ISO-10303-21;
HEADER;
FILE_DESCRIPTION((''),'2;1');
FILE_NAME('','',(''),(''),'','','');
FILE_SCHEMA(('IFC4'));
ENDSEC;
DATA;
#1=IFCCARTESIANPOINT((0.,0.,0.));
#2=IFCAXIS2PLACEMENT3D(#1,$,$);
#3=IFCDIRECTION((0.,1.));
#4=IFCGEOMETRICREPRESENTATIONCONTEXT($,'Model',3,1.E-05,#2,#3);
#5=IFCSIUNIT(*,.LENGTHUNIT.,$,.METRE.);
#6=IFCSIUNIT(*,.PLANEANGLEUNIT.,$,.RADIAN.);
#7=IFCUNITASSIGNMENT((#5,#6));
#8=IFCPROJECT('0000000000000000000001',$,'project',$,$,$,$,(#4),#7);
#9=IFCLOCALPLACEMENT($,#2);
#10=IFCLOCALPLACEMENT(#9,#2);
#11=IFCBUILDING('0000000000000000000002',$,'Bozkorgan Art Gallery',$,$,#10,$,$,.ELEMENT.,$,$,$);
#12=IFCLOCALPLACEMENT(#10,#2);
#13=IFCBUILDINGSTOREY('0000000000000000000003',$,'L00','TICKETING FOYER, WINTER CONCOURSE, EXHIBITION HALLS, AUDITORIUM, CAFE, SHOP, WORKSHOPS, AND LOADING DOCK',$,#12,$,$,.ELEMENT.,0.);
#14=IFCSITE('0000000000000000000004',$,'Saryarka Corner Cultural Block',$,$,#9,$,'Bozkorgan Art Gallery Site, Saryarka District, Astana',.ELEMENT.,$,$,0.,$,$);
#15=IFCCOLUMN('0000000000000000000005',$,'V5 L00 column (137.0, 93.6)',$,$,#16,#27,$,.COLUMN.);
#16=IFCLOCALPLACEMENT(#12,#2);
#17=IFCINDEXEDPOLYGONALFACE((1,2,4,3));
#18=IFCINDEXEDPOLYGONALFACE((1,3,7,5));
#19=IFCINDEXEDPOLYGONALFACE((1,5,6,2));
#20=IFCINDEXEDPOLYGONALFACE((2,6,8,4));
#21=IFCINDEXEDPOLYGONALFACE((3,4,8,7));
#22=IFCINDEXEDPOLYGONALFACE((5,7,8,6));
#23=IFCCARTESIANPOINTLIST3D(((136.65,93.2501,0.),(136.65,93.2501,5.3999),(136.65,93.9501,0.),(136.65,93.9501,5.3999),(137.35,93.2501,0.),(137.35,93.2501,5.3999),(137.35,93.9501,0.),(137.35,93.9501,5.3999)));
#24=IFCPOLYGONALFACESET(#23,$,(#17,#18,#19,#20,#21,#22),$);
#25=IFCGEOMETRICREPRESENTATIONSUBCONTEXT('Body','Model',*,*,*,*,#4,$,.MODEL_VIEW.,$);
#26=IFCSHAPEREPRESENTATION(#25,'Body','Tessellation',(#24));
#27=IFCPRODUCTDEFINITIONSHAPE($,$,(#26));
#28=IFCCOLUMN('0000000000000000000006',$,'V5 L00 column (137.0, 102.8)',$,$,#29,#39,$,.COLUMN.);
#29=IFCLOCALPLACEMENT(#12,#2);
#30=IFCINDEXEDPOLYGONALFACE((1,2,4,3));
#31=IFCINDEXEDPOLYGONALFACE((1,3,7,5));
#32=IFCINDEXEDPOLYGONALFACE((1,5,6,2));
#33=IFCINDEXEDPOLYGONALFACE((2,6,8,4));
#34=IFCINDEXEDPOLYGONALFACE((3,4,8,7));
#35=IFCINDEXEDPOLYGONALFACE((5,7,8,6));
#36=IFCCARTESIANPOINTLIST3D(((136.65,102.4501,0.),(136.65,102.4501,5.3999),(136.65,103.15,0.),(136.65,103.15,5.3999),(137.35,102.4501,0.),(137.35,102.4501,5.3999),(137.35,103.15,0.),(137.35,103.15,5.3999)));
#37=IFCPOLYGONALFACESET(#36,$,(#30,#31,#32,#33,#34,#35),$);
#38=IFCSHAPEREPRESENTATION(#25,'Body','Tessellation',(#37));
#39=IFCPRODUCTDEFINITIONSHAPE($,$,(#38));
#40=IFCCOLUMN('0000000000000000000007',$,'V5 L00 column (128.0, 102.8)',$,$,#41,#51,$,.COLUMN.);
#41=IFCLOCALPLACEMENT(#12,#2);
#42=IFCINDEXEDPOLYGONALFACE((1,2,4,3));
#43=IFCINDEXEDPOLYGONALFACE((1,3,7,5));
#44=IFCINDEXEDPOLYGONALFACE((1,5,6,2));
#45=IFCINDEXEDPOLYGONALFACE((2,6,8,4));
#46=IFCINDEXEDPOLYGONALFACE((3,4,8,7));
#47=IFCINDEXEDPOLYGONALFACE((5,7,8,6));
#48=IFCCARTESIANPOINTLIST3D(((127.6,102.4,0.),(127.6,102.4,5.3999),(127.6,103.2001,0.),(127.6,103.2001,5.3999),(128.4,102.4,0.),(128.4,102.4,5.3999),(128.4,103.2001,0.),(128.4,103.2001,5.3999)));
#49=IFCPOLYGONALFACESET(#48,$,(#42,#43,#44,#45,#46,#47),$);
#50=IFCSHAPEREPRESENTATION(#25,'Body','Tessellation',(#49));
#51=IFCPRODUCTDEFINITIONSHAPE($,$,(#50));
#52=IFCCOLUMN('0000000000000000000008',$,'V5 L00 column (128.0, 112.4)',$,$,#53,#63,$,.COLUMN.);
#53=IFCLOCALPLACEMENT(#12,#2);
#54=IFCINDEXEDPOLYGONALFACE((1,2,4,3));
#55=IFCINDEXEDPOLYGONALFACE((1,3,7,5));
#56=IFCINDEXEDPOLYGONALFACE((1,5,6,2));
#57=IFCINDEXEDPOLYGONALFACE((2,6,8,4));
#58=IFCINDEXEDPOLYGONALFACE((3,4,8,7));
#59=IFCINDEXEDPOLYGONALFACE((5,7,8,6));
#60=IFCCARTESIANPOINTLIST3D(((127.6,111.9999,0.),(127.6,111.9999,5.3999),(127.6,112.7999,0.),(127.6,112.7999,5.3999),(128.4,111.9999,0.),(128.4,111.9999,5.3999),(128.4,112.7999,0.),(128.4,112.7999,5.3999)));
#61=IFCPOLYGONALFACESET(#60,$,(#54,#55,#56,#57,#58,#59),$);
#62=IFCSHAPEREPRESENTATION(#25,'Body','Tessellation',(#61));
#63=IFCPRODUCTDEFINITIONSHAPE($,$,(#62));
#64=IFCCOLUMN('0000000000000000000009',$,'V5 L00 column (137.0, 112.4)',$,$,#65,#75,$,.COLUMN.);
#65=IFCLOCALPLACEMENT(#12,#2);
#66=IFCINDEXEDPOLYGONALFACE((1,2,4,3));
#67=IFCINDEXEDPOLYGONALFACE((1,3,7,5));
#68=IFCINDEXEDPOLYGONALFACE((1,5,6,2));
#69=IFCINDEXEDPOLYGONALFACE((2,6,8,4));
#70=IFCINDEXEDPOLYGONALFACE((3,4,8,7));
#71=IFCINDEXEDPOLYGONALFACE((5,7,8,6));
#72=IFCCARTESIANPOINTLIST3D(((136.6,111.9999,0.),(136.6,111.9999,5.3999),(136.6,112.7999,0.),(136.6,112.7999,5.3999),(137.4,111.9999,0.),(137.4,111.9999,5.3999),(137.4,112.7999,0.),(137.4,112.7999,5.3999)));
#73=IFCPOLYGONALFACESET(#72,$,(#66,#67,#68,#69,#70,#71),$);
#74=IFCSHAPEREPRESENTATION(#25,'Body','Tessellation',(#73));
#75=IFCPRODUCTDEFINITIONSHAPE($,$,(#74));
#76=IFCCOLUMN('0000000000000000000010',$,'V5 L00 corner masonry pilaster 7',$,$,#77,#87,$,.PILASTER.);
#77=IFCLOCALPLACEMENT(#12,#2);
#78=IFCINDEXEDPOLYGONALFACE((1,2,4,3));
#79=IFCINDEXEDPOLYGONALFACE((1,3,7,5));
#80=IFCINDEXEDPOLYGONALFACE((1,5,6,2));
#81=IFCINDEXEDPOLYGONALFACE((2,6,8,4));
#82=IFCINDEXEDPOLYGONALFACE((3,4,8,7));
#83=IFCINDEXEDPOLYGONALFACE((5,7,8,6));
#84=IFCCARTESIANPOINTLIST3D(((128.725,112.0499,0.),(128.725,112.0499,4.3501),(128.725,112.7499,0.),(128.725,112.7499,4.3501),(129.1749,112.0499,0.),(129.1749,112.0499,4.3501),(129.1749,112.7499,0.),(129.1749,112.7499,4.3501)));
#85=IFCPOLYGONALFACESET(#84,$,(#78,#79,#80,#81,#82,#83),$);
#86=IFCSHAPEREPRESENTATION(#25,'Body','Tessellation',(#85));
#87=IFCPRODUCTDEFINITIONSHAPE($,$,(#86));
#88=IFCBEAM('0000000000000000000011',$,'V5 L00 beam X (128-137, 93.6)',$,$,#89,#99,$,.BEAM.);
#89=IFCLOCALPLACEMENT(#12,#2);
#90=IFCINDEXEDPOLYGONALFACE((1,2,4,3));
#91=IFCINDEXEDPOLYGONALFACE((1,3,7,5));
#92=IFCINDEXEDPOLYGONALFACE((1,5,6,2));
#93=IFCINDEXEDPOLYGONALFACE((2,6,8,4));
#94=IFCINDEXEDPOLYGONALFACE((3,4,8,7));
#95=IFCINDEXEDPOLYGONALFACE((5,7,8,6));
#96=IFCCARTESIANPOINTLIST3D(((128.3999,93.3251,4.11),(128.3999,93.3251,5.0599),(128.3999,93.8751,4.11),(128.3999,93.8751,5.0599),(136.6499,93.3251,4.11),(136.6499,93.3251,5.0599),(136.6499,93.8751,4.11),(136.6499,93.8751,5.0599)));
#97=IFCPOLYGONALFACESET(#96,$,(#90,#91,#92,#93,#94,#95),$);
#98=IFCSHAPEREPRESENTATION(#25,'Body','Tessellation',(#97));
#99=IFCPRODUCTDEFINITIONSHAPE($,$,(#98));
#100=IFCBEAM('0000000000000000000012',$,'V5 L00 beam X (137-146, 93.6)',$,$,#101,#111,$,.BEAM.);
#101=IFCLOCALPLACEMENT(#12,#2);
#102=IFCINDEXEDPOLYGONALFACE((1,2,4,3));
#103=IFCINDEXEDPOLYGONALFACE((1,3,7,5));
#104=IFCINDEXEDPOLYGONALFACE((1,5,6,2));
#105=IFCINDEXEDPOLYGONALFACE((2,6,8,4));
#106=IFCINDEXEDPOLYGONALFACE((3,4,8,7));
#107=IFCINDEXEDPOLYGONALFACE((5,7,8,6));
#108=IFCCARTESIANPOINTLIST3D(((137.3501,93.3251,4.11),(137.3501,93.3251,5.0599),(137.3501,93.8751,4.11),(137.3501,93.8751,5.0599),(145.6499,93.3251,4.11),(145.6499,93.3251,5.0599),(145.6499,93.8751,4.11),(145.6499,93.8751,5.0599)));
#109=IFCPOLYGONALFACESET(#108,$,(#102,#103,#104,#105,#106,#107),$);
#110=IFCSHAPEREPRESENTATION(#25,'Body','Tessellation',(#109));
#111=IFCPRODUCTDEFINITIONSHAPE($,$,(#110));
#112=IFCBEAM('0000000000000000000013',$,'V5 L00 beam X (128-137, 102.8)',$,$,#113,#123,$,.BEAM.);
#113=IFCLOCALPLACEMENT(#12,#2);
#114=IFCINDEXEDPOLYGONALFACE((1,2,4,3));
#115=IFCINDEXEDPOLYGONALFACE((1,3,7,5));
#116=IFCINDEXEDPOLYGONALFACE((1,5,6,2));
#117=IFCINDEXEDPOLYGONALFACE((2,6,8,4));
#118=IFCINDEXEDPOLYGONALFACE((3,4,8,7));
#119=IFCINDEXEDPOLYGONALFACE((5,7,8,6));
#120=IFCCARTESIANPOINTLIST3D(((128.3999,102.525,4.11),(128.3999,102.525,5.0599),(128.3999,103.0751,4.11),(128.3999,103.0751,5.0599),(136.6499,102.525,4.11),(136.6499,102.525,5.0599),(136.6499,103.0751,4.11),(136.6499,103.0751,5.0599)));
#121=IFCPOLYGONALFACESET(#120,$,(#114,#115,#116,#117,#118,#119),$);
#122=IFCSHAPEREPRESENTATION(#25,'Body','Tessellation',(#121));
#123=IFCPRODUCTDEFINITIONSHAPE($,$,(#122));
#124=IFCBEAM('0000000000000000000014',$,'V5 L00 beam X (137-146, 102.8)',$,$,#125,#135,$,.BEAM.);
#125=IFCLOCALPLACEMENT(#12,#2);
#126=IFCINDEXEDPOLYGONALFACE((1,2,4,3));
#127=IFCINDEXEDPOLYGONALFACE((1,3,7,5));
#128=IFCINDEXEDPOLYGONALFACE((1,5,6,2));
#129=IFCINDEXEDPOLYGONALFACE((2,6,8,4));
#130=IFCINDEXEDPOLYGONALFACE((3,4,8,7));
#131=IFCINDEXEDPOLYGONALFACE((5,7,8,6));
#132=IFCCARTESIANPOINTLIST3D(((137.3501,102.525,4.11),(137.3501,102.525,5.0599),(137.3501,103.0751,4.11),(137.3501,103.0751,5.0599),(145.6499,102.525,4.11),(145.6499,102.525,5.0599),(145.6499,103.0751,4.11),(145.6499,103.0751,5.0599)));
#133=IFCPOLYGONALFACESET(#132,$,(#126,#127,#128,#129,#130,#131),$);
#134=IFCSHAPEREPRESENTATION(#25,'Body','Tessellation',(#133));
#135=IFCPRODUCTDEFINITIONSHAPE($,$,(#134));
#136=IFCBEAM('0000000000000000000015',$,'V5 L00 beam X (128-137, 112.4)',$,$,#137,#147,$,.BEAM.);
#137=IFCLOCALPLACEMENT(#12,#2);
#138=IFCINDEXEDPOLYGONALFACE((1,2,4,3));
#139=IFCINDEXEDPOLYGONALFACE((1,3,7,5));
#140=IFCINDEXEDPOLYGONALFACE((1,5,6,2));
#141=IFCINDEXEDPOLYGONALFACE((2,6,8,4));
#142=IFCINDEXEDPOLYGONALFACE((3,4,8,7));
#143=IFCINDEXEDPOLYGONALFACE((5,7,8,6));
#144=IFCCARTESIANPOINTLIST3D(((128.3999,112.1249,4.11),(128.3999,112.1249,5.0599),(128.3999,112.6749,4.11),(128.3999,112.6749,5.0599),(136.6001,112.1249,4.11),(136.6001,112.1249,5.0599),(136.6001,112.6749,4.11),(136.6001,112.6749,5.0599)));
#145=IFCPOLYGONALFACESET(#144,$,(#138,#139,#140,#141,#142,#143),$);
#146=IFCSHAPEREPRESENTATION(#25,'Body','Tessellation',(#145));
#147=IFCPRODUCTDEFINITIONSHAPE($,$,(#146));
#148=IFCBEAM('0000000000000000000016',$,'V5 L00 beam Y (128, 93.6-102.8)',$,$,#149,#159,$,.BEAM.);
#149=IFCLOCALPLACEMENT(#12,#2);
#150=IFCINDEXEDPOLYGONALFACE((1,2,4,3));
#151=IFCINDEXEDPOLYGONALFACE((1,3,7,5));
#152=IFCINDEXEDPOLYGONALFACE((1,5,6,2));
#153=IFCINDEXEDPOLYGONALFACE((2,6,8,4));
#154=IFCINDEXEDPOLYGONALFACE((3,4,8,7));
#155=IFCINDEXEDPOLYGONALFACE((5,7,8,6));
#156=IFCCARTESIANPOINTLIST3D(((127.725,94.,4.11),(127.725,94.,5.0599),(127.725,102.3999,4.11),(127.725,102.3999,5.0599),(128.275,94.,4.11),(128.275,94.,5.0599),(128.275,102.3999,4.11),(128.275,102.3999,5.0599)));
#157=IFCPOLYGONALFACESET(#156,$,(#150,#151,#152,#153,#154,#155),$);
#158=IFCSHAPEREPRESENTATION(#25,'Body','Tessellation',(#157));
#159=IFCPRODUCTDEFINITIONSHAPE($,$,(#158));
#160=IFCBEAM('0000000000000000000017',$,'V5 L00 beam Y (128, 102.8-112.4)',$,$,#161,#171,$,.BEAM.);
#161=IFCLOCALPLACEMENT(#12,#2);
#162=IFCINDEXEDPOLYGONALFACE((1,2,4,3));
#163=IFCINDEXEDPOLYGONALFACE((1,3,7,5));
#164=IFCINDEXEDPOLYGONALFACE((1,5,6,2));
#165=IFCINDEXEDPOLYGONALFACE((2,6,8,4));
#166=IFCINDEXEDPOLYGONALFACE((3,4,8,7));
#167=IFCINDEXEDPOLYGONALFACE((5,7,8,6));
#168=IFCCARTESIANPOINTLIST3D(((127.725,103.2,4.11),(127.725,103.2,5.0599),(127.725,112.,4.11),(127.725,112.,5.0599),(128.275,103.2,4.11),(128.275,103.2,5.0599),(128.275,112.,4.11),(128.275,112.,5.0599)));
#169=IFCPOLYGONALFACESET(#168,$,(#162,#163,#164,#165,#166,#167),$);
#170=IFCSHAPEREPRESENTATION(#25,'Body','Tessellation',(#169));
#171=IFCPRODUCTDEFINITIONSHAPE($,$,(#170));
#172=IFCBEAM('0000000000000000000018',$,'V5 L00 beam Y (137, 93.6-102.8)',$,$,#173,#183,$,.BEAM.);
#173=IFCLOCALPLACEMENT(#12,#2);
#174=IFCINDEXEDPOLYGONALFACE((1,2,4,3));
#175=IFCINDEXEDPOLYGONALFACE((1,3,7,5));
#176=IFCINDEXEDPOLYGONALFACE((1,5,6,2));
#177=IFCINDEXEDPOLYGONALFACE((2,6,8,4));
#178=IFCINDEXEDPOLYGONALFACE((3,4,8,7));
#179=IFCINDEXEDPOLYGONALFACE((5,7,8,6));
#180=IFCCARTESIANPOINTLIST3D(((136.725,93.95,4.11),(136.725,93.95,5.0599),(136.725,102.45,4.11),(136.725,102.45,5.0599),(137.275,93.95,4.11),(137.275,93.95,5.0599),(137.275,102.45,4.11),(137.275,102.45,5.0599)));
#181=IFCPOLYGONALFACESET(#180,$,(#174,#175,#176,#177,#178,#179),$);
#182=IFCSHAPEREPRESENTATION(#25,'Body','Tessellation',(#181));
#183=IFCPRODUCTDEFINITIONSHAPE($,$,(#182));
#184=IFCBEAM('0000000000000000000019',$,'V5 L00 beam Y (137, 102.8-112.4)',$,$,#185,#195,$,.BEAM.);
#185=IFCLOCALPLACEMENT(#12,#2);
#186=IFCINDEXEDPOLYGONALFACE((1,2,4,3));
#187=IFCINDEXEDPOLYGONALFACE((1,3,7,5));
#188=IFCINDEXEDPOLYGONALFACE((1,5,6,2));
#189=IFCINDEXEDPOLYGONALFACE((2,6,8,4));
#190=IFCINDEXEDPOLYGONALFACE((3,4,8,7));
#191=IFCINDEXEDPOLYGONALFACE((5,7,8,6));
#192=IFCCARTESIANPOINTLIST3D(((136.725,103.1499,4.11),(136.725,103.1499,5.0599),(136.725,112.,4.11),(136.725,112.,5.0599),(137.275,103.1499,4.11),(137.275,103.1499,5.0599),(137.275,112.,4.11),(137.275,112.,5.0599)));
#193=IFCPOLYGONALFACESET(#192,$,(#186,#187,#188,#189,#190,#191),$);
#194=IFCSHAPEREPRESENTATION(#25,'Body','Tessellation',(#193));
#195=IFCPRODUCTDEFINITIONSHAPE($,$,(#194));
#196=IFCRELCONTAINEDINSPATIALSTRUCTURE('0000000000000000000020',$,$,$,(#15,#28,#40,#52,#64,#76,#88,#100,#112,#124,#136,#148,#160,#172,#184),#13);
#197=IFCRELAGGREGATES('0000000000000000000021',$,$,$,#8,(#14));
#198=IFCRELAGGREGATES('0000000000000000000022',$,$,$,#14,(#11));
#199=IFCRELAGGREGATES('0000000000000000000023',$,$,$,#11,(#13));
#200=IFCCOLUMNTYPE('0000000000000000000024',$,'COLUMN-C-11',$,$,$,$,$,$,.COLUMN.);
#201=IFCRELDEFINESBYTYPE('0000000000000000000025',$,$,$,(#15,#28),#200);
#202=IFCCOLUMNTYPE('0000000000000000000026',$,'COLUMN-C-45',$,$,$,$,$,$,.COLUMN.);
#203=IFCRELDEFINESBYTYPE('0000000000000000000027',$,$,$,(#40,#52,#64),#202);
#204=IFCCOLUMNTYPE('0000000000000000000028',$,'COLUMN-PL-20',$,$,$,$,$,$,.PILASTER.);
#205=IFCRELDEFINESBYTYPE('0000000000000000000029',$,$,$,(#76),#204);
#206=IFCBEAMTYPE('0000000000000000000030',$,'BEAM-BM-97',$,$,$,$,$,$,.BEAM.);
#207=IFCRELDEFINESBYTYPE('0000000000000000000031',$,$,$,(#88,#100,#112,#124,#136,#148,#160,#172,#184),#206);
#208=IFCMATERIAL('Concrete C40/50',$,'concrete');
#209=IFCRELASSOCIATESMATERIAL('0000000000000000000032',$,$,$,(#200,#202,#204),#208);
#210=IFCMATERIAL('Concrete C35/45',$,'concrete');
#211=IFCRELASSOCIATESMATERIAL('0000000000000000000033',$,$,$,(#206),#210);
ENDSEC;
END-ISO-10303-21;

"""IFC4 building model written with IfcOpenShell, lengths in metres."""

from ifc_helpers import new_model, si_unit, direction, frame, origin, origin_2d, place, context, subcontext, project, spatial, rectangle, extrude, material, material_profile, profile_set, type_object, element, save


model = new_model("IFC4")

# Units and contexts
model_context = context("Model", 3, precision=1e-05, world=origin(), true_north=direction((0.0, 1.0)))
body_context = subcontext(model_context, "Body", "Model", "MODEL_VIEW")
ifc_project = project(units=[si_unit("LENGTHUNIT", "METRE"), si_unit("PLANEANGLEUNIT", "RADIAN")], contexts=[model_context])

# Site, building, storey
site_placement = place(None, origin())
site = spatial("IfcSite", under=ifc_project, at=site_placement, Name="Saryarka Corner Cultural Block", LongName="Bozkorgan Art Gallery Site, Saryarka District, Astana", CompositionType="ELEMENT", RefElevation=0.0)
building_placement = place(site_placement, origin())
building = spatial("IfcBuilding", under=site, at=building_placement, Name="Bozkorgan Art Gallery", CompositionType="ELEMENT")
storey_placement = place(building_placement, origin())
storey = spatial("IfcBuildingStorey", under=building, at=storey_placement, Name="L00", Description="TICKETING FOYER, WINTER CONCOURSE, EXHIBITION HALLS, AUDITORIUM, CAFE, SHOP, WORKSHOPS, AND LOADING DOCK", CompositionType="ELEMENT", Elevation=0.0)

# Columns
ifc_material_1 = material(Name="Concrete C40/50", Category="concrete")
ifc_material_profile_1 = material_profile(ifc_material_1, rectangle(XDim=0.7, YDim=0.7, at=origin_2d()), Name="RC 700x700")
ifc_profile_set_1 = profile_set([ifc_material_profile_1], Name="Concrete C40/50")
column_type_1 = type_object("IfcColumnType", Name="COLUMN-C-11", PredefinedType="COLUMN", material=ifc_profile_set_1)
for number, where, z_axis, x_axis, name in (
    (1, (137.0, 93.6001, 0.0), (0.0, 0.0, 1.0), (1.0, 0.0, 0.0), "V5 L00 column (137.0, 93.6)"),
    (2, (137.0, 102.8, 0.0), (0.0, 0.0, 1.0), (1.0, 0.0, 0.0), "V5 L00 column (137.0, 102.8)"),
):
    element("IfcColumn", number, at=place(storey_placement, frame(where, z_axis=z_axis, x_axis=x_axis)), inside=storey, type_object=column_type_1, Name=name, PredefinedType="COLUMN", context=body_context, shape_type="SweptSolid", body=[
        extrude(rectangle(XDim=0.7, YDim=0.7, at=origin_2d()), origin(), (0.0, 0.0, 1.0), 5.3999),
    ])
ifc_material_profile_2 = material_profile(ifc_material_1, rectangle(XDim=0.8, YDim=0.8, at=origin_2d()), Name="RC 800x800")
ifc_profile_set_2 = profile_set([ifc_material_profile_2], Name="Concrete C40/50")
column_type_2 = type_object("IfcColumnType", Name="COLUMN-C-45", PredefinedType="COLUMN", material=ifc_profile_set_2)
for number, where, z_axis, x_axis, name in (
    (3, (128.0, 102.8, 0.0), (0.0, 0.0, 1.0), (1.0, 0.0, 0.0), "V5 L00 column (128.0, 102.8)"),
    (4, (128.0, 112.3999, 0.0), (0.0, 0.0, 1.0), (1.0, 0.0, 0.0), "V5 L00 column (128.0, 112.4)"),
    (5, (137.0, 112.3999, 0.0), (0.0, 0.0, 1.0), (1.0, 0.0, 0.0), "V5 L00 column (137.0, 112.4)"),
):
    element("IfcColumn", number, at=place(storey_placement, frame(where, z_axis=z_axis, x_axis=x_axis)), inside=storey, type_object=column_type_2, Name=name, PredefinedType="COLUMN", context=body_context, shape_type="SweptSolid", body=[
        extrude(rectangle(XDim=0.8, YDim=0.8, at=origin_2d()), origin(), (0.0, 0.0, 1.0), 5.3999),
    ])
ifc_material_profile_3 = material_profile(ifc_material_1, rectangle(XDim=0.45, YDim=0.7, at=origin_2d()), Name="RC 450x700")
ifc_profile_set_3 = profile_set([ifc_material_profile_3], Name="Concrete C40/50")
column_type_3 = type_object("IfcColumnType", Name="COLUMN-PL-20", PredefinedType="PILASTER", material=ifc_profile_set_3)
column_placement = place(storey_placement, frame((128.95, 112.3999, 0.0), z_axis=(0.0, 0.0, 1.0), x_axis=(1.0, 0.0, 0.0)))
element("IfcColumn", 6, at=column_placement, inside=storey, type_object=column_type_3, Name="V5 L00 corner masonry pilaster 7", PredefinedType="PILASTER", context=body_context, shape_type="SweptSolid", body=[
    extrude(rectangle(XDim=0.45, YDim=0.7, at=origin_2d()), origin(), (0.0, 0.0, 1.0), 4.3501),
])

# Beams
ifc_material_2 = material(Name="Concrete C35/45", Category="concrete")
ifc_material_profile_4 = material_profile(ifc_material_2, rectangle(XDim=0.55, YDim=0.95, at=origin_2d()), Name="RC 550x950")
ifc_profile_set_4 = profile_set([ifc_material_profile_4], Name="Concrete C35/45")
beam_type_1 = type_object("IfcBeamType", Name="BEAM-BM-97", PredefinedType="BEAM", material=ifc_profile_set_4)
beam_1_placement = place(storey_placement, frame((128.3999, 93.6001, 4.585), z_axis=(1.0, 0.0, 0.0), x_axis=(0.0, 1.0, 0.0)))
element("IfcBeam", 7, at=beam_1_placement, inside=storey, type_object=beam_type_1, Name="V5 L00 beam X (128-137, 93.6)", PredefinedType="BEAM", context=body_context, shape_type="SweptSolid", body=[
    extrude(rectangle(XDim=0.55, YDim=0.95, at=origin_2d()), origin(), (0.0, 0.0, 1.0), 8.25),
])
beam_2_placement = place(storey_placement, frame((137.3501, 93.6001, 4.585), z_axis=(1.0, 0.0, 0.0), x_axis=(0.0, 1.0, 0.0)))
element("IfcBeam", 8, at=beam_2_placement, inside=storey, type_object=beam_type_1, Name="V5 L00 beam X (137-146, 93.6)", PredefinedType="BEAM", context=body_context, shape_type="SweptSolid", body=[
    extrude(rectangle(XDim=0.55, YDim=0.95, at=origin_2d()), origin(), (0.0, 0.0, 1.0), 8.2998),
])
beam_3_placement = place(storey_placement, frame((128.3999, 102.8, 4.585), z_axis=(1.0, 0.0, 0.0), x_axis=(0.0, 1.0, 0.0)))
element("IfcBeam", 9, at=beam_3_placement, inside=storey, type_object=beam_type_1, Name="V5 L00 beam X (128-137, 102.8)", PredefinedType="BEAM", context=body_context, shape_type="SweptSolid", body=[
    extrude(rectangle(XDim=0.55, YDim=0.95, at=origin_2d()), origin(), (0.0, 0.0, 1.0), 8.25),
])
beam_4_placement = place(storey_placement, frame((137.3501, 102.8, 4.585), z_axis=(1.0, 0.0, 0.0), x_axis=(0.0, 1.0, 0.0)))
element("IfcBeam", 10, at=beam_4_placement, inside=storey, type_object=beam_type_1, Name="V5 L00 beam X (137-146, 102.8)", PredefinedType="BEAM", context=body_context, shape_type="SweptSolid", body=[
    extrude(rectangle(XDim=0.55, YDim=0.95, at=origin_2d()), origin(), (0.0, 0.0, 1.0), 8.2998),
])
beam_5_placement = place(storey_placement, frame((128.3999, 112.3999, 4.585), z_axis=(1.0, 0.0, 0.0), x_axis=(0.0, 1.0, 0.0)))
element("IfcBeam", 11, at=beam_5_placement, inside=storey, type_object=beam_type_1, Name="V5 L00 beam X (128-137, 112.4)", PredefinedType="BEAM", context=body_context, shape_type="SweptSolid", body=[
    extrude(rectangle(XDim=0.55, YDim=0.95, at=origin_2d()), origin(), (0.0, 0.0, 1.0), 8.2002),
])
beam_6_placement = place(storey_placement, frame((128.0, 94.0, 4.585), z_axis=(0.0, 1.0, 0.0), x_axis=(-1.0, 0.0, 0.0)))
element("IfcBeam", 12, at=beam_6_placement, inside=storey, type_object=beam_type_1, Name="V5 L00 beam Y (128, 93.6-102.8)", PredefinedType="BEAM", context=body_context, shape_type="SweptSolid", body=[
    extrude(rectangle(XDim=0.55, YDim=0.95, at=origin_2d()), origin(), (0.0, 0.0, 1.0), 8.3999),
])
beam_7_placement = place(storey_placement, frame((128.0, 103.2, 4.585), z_axis=(0.0, 1.0, 0.0), x_axis=(-1.0, 0.0, 0.0)))
element("IfcBeam", 13, at=beam_7_placement, inside=storey, type_object=beam_type_1, Name="V5 L00 beam Y (128, 102.8-112.4)", PredefinedType="BEAM", context=body_context, shape_type="SweptSolid", body=[
    extrude(rectangle(XDim=0.55, YDim=0.95, at=origin_2d()), origin(), (0.0, 0.0, 1.0), 8.8),
])
beam_8_placement = place(storey_placement, frame((137.0, 93.95, 4.585), z_axis=(0.0, 1.0, 0.0), x_axis=(-1.0, 0.0, 0.0)))
element("IfcBeam", 14, at=beam_8_placement, inside=storey, type_object=beam_type_1, Name="V5 L00 beam Y (137, 93.6-102.8)", PredefinedType="BEAM", context=body_context, shape_type="SweptSolid", body=[
    extrude(rectangle(XDim=0.55, YDim=0.95, at=origin_2d()), origin(), (0.0, 0.0, 1.0), 8.5),
])
beam_9_placement = place(storey_placement, frame((137.0, 103.1499, 4.585), z_axis=(0.0, 1.0, 0.0), x_axis=(-1.0, 0.0, 0.0)))
element("IfcBeam", 15, at=beam_9_placement, inside=storey, type_object=beam_type_1, Name="V5 L00 beam Y (137, 102.8-112.4)", PredefinedType="BEAM", context=body_context, shape_type="SweptSolid", body=[
    extrude(rectangle(XDim=0.55, YDim=0.95, at=origin_2d()), origin(), (0.0, 0.0, 1.0), 8.8501),
])

save(model, "model.ifc")
